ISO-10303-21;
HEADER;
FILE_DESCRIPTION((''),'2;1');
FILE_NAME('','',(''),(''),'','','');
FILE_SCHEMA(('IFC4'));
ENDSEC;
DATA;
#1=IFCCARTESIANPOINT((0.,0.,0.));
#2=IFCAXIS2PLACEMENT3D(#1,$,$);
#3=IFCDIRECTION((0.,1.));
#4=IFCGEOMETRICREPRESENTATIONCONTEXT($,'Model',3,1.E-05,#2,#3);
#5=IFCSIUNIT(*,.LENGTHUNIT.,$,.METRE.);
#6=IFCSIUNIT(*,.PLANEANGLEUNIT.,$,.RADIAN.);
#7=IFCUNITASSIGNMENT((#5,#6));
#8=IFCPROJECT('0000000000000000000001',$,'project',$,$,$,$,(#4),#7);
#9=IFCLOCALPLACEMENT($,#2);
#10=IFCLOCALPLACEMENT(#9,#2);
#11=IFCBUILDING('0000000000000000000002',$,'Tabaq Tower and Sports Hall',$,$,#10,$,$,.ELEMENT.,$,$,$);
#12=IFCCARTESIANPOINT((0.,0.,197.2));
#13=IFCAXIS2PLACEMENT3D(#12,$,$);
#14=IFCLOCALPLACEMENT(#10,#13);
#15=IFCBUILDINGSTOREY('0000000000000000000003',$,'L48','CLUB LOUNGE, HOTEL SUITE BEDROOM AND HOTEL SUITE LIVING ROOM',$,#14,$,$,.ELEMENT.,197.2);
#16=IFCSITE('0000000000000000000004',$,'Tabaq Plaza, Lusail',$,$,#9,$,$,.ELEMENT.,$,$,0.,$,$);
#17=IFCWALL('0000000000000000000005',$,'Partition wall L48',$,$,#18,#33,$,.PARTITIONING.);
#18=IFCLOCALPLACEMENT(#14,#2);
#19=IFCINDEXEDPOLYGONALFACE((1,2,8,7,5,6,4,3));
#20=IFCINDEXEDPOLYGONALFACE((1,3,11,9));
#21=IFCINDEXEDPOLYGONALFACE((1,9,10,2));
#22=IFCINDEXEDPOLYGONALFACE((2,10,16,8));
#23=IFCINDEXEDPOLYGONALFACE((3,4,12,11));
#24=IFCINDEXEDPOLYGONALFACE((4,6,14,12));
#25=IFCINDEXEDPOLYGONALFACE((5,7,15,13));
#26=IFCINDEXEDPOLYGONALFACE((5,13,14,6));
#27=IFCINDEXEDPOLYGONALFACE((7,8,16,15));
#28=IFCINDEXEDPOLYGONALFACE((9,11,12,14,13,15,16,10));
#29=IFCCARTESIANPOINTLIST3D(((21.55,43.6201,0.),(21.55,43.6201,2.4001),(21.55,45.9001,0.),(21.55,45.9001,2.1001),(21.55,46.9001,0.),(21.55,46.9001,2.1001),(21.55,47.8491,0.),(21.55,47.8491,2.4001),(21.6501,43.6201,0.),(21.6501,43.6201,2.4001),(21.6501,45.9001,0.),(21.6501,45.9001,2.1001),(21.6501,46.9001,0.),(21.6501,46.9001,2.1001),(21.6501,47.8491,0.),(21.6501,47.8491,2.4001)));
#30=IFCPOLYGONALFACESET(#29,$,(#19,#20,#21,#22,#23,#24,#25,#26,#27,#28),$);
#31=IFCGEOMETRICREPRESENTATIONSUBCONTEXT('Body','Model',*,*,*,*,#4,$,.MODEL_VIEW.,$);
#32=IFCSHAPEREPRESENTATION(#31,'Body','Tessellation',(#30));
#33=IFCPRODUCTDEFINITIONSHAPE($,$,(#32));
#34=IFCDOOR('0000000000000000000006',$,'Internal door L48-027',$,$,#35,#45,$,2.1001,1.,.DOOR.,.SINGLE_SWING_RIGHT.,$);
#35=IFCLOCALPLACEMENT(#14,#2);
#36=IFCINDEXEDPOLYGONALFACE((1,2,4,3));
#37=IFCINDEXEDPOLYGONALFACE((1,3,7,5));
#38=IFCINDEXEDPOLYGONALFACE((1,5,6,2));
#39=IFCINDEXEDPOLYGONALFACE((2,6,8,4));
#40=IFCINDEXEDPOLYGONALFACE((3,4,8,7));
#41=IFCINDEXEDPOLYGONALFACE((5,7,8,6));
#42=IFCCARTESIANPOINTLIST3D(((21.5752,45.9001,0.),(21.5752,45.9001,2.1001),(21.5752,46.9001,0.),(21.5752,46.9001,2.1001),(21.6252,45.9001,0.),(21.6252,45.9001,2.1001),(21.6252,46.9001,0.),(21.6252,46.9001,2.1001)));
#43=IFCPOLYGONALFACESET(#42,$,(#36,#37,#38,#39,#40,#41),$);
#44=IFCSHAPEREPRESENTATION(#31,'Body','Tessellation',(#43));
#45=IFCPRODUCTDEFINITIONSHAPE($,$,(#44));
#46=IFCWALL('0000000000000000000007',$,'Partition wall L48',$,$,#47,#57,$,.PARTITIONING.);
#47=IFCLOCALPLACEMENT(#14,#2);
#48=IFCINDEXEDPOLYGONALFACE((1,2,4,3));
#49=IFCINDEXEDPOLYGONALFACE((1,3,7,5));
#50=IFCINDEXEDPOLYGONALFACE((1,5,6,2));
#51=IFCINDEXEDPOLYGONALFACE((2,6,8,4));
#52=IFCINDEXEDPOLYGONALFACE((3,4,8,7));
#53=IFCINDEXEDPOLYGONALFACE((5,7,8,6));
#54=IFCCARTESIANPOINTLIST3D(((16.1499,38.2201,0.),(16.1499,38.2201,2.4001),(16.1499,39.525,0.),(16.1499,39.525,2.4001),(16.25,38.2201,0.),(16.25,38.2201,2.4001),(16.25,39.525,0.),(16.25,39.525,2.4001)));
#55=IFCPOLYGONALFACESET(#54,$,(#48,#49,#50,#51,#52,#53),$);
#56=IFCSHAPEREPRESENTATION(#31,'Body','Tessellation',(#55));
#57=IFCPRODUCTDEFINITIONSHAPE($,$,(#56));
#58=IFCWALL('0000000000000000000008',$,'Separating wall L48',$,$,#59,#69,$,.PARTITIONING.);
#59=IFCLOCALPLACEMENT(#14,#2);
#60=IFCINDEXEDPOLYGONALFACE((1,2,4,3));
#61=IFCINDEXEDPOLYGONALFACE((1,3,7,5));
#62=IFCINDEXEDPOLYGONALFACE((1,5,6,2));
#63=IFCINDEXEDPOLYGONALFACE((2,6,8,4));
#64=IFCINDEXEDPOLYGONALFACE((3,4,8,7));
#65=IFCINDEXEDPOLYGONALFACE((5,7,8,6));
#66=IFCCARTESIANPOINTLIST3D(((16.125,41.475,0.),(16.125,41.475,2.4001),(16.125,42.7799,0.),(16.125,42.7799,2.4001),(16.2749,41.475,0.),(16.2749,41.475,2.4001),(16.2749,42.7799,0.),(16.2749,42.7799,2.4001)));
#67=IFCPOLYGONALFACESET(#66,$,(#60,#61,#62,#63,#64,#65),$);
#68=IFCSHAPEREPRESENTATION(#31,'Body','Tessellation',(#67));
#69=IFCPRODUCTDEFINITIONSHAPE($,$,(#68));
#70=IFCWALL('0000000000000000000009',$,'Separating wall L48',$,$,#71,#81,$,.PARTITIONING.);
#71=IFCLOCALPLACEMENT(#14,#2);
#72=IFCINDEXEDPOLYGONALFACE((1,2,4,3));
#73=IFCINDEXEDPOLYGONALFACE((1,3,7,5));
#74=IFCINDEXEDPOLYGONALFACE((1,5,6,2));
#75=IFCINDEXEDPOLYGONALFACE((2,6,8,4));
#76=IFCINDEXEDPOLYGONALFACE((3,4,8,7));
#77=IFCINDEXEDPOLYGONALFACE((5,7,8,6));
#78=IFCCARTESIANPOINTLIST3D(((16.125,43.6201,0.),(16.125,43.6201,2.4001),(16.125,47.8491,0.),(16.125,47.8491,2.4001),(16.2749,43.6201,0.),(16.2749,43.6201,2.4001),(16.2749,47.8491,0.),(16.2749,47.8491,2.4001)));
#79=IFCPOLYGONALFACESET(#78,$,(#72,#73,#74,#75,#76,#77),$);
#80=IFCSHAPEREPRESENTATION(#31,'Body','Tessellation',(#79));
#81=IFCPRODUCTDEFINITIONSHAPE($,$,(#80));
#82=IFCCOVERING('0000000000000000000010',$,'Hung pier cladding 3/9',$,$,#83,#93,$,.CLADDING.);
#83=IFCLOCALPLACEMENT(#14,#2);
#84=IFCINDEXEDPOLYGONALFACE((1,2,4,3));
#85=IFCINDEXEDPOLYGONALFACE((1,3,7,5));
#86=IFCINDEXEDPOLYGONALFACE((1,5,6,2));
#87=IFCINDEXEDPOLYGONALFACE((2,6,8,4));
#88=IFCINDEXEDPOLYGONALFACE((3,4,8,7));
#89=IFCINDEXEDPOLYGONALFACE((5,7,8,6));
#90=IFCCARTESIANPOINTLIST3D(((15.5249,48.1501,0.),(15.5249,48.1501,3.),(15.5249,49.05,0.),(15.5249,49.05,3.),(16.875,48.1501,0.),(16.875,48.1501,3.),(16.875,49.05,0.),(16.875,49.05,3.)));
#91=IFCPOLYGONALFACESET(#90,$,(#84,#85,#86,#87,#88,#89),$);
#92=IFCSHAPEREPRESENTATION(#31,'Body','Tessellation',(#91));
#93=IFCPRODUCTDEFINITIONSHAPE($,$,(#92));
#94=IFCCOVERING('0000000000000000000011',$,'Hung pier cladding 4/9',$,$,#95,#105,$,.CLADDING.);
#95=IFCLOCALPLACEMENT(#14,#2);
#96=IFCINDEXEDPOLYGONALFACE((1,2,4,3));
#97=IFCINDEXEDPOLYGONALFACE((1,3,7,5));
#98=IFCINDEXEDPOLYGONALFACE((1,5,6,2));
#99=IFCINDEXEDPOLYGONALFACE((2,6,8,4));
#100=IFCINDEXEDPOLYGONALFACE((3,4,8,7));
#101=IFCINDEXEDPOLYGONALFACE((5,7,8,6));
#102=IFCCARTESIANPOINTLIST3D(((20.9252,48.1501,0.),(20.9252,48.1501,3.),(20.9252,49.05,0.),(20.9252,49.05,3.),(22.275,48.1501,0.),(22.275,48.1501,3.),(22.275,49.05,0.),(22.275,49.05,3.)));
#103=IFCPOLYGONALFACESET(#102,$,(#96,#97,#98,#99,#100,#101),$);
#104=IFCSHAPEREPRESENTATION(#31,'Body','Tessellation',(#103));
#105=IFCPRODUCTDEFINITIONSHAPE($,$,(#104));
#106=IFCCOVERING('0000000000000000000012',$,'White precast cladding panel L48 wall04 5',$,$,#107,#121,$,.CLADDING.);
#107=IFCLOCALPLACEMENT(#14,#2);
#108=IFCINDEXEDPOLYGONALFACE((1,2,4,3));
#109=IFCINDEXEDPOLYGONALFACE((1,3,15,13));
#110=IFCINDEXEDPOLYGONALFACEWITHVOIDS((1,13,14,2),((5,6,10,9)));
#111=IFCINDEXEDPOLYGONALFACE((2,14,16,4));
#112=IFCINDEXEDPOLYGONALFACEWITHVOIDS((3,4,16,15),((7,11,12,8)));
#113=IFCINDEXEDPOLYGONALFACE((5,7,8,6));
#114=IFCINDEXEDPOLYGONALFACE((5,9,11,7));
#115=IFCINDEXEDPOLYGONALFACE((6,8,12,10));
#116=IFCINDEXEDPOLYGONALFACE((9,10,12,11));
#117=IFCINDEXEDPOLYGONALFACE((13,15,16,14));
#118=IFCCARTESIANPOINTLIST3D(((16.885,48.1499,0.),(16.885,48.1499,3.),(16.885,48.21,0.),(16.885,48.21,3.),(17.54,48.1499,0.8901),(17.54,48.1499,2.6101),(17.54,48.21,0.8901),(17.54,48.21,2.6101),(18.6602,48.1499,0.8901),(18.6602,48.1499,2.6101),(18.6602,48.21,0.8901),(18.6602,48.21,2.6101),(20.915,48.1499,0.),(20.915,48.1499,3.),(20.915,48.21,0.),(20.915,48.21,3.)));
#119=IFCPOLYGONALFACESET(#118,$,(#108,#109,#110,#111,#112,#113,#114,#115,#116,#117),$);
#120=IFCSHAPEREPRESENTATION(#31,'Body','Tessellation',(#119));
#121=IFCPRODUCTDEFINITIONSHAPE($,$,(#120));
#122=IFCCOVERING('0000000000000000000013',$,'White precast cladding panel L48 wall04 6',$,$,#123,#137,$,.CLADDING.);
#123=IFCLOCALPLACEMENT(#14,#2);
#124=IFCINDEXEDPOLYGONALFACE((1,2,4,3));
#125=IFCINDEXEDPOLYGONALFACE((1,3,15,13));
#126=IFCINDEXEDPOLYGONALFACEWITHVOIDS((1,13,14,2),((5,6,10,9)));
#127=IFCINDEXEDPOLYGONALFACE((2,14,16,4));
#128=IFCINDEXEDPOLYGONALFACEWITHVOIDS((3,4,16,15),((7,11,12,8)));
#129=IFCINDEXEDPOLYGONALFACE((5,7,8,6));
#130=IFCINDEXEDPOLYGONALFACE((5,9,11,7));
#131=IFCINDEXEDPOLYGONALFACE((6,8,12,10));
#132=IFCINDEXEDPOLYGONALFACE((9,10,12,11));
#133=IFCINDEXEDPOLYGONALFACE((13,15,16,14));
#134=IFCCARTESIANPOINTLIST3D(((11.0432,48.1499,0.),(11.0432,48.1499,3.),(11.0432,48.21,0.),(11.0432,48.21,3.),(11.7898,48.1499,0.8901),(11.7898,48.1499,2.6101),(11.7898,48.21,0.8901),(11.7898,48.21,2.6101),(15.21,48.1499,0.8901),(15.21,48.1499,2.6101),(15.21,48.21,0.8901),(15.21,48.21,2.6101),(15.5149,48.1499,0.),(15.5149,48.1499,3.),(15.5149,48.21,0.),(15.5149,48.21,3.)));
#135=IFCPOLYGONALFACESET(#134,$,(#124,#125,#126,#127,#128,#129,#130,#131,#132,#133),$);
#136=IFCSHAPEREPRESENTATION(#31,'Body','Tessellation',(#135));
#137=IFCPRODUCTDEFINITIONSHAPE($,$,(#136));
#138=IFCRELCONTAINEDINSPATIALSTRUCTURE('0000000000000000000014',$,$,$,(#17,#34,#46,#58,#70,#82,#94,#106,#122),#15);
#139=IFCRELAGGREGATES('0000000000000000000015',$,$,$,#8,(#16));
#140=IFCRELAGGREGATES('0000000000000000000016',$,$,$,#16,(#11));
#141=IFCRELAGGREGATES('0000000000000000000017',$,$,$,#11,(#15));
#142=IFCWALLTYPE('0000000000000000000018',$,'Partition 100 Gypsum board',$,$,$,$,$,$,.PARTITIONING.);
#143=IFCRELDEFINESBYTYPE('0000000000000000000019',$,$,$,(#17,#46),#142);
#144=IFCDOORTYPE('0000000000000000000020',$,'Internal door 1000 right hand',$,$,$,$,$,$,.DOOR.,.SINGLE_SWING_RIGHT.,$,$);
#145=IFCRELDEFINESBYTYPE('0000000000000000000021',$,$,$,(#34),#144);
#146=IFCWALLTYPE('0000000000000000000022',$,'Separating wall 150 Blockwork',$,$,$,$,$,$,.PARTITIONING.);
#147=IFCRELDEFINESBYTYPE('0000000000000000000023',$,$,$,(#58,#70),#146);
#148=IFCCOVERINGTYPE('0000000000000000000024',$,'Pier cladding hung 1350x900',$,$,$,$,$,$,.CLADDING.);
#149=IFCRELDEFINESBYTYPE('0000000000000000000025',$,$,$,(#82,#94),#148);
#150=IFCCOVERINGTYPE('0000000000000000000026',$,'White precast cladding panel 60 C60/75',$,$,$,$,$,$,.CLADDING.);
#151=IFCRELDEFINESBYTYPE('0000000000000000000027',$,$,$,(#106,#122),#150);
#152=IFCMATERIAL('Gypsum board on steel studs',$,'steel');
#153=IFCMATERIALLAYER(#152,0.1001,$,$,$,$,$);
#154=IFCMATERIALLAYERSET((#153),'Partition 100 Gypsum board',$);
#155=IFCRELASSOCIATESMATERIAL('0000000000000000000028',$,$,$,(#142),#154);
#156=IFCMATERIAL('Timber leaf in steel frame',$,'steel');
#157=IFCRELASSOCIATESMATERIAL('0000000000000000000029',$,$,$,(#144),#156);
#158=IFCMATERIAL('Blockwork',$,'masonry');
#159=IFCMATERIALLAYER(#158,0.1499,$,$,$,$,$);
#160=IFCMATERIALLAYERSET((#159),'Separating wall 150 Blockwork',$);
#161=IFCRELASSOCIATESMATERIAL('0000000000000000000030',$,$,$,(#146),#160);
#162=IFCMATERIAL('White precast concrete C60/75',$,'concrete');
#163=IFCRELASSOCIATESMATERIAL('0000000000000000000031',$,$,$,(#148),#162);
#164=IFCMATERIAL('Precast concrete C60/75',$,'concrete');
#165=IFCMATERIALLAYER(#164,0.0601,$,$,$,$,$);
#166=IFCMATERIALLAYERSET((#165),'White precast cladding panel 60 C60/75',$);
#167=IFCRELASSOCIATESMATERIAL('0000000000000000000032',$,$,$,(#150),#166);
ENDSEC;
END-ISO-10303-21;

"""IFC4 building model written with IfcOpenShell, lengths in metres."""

from ifc_helpers import new_model, si_unit, direction, frame, frame_2d, origin, place, context, subcontext, project, spatial, polyline, rectangle, outline, extrude, material, layer, layer_set, type_object, element, fill, save


model = new_model("IFC4")

# Units and contexts
model_context = context("Model", 3, precision=1e-05, world=origin(), true_north=direction((0.0, 1.0)))
body_context = subcontext(model_context, "Body", "Model", "MODEL_VIEW")
ifc_project = project(units=[si_unit("LENGTHUNIT", "METRE"), si_unit("PLANEANGLEUNIT", "RADIAN")], contexts=[model_context])

# Site, building, storey
site_placement = place(None, origin())
site = spatial("IfcSite", under=ifc_project, at=site_placement, Name="Tabaq Plaza, Lusail", CompositionType="ELEMENT", RefElevation=0.0)
building_placement = place(site_placement, origin())
building = spatial("IfcBuilding", under=site, at=building_placement, Name="Tabaq Tower and Sports Hall", CompositionType="ELEMENT")
storey_placement = place(building_placement, frame((0.0, 0.0, 197.2)))
storey = spatial("IfcBuildingStorey", under=building, at=storey_placement, Name="L48", Description="CLUB LOUNGE, HOTEL SUITE BEDROOM AND HOTEL SUITE LIVING ROOM", CompositionType="ELEMENT", Elevation=197.2)

# Shared definitions
ifc_material_1 = material(Name="Gypsum board on steel studs", Category="steel")
ifc_layer_1 = layer(ifc_material_1, 0.1001)
ifc_layer_set_1 = layer_set([ifc_layer_1], Name="Partition 100 Gypsum board")
wall_type_1 = type_object("IfcWallType", Name="Partition 100 Gypsum board", PredefinedType="PARTITIONING", material=ifc_layer_set_1)

# Wall, opening, door
wall_1_placement = place(storey_placement, frame((21.6001, 43.6201, 0.0), z_axis=(0.0, 0.0, 1.0), x_axis=(0.0, 1.0, 0.0)))
wall_1 = element("IfcWall", 1, at=wall_1_placement, inside=storey, type_object=wall_type_1, Name="Partition wall L48", PredefinedType="PARTITIONING", context=body_context, shape_type="SweptSolid", body=[
    extrude(rectangle(XDim=4.229, YDim=0.1001, at=frame_2d((2.1145, 0.0))), origin(), (0.0, 0.0, 1.0), 2.4001),
])
opening_1_placement = place(wall_1_placement, frame((2.28, 0.0, 0.0)))
opening_1 = element("IfcOpeningElement", 2, at=opening_1_placement, cuts=wall_1, PredefinedType="OPENING", context=body_context, shape_type="SweptSolid", body=[
    extrude(rectangle(XDim=1.0, YDim=2.1001, at=frame_2d((0.5, 1.05))), frame((0.0, 0.05, 0.0), z_axis=(0.0, -1.0, 0.0), x_axis=(1.0, 0.0, 0.0)), (0.0, 0.0, 1.0), 0.1001),
])
ifc_material_2 = material(Name="Timber leaf in steel frame", Category="steel")
door_type_1 = type_object("IfcDoorType", Name="Internal door 1000 right hand", OperationType="SINGLE_SWING_RIGHT", PredefinedType="DOOR", material=ifc_material_2)
door_1_placement = place(opening_1_placement, origin())
door_1 = element("IfcDoor", 3, at=door_1_placement, inside=storey, type_object=door_type_1, Name="Internal door L48-027", OperationType="SINGLE_SWING_RIGHT", OverallHeight=2.1001, OverallWidth=1.0, PredefinedType="DOOR", context=body_context, shape_type="SweptSolid", body=[
    extrude(rectangle(XDim=1.0, YDim=2.1001, at=frame_2d((0.5, 1.05))), frame((0.0, 0.0249, 0.0), z_axis=(0.0, -1.0, 0.0), x_axis=(1.0, 0.0, 0.0)), (0.0, 0.0, 1.0), 0.05),
])
fill(opening_1, door_1)

# Walls
wall_2_placement = place(storey_placement, frame((16.2, 39.5249, 0.0), z_axis=(0.0, 0.0, 1.0), x_axis=(0.0, -1.0, 0.0)))
element("IfcWall", 4, at=wall_2_placement, inside=storey, type_object=wall_type_1, Name="Partition wall L48", PredefinedType="PARTITIONING", context=body_context, shape_type="SweptSolid", body=[
    extrude(rectangle(XDim=1.3049, YDim=0.1001, at=frame_2d((0.6523, 0.0))), origin(), (0.0, 0.0, 1.0), 2.4001),
])
ifc_material_3 = material(Name="Blockwork", Category="masonry")
ifc_layer_2 = layer(ifc_material_3, 0.1499)
ifc_layer_set_2 = layer_set([ifc_layer_2], Name="Separating wall 150 Blockwork")
wall_type_2 = type_object("IfcWallType", Name="Separating wall 150 Blockwork", PredefinedType="PARTITIONING", material=ifc_layer_set_2)
wall_3_placement = place(storey_placement, frame((16.2, 41.4751, 0.0), z_axis=(0.0, 0.0, 1.0), x_axis=(0.0, 1.0, 0.0)))
element("IfcWall", 5, at=wall_3_placement, inside=storey, type_object=wall_type_2, Name="Separating wall L48", PredefinedType="PARTITIONING", context=body_context, shape_type="SweptSolid", body=[
    extrude(rectangle(XDim=1.3049, YDim=0.1499, at=frame_2d((0.6523, 0.0))), origin(), (0.0, 0.0, 1.0), 2.4001),
])
wall_4_placement = place(storey_placement, frame((16.2, 43.6201, 0.0), z_axis=(0.0, 0.0, 1.0), x_axis=(0.0, 1.0, 0.0)))
element("IfcWall", 6, at=wall_4_placement, inside=storey, type_object=wall_type_2, Name="Separating wall L48", PredefinedType="PARTITIONING", context=body_context, shape_type="SweptSolid", body=[
    extrude(rectangle(XDim=4.229, YDim=0.1499, at=frame_2d((2.1145, 0.0))), origin(), (0.0, 0.0, 1.0), 2.4001),
])

# Coverings
ifc_material_4 = material(Name="White precast concrete C60/75", Category="concrete")
covering_type_1 = type_object("IfcCoveringType", Name="Pier cladding hung 1350x900", PredefinedType="CLADDING", material=ifc_material_4)
covering_1_placement = place(storey_placement, frame((16.875, 48.6001, 0.0), z_axis=(0.0, 0.0, 1.0), x_axis=(-1.0, 0.0, 0.0)))
element("IfcCovering", 7, at=covering_1_placement, inside=storey, type_object=covering_type_1, Name="Hung pier cladding 3/9", PredefinedType="CLADDING", context=body_context, shape_type="SweptSolid", body=[
    extrude(rectangle(XDim=1.3501, YDim=0.8999, at=frame_2d((0.675, 0.0))), origin(), (0.0, 0.0, 1.0), 3.0),
])
covering_2_placement = place(storey_placement, frame((22.2749, 48.6001, 0.0), z_axis=(0.0, 0.0, 1.0), x_axis=(-1.0, 0.0, 0.0)))
element("IfcCovering", 8, at=covering_2_placement, inside=storey, type_object=covering_type_1, Name="Hung pier cladding 4/9", PredefinedType="CLADDING", context=body_context, shape_type="SweptSolid", body=[
    extrude(rectangle(XDim=1.3499, YDim=0.8999, at=frame_2d((0.6748, 0.0))), origin(), (0.0, 0.0, 1.0), 3.0),
])
ifc_material_5 = material(Name="Precast concrete C60/75", Category="concrete")
ifc_layer_3 = layer(ifc_material_5, 0.0601)
ifc_layer_set_3 = layer_set([ifc_layer_3], Name="White precast cladding panel 60 C60/75")
covering_type_2 = type_object("IfcCoveringType", Name="White precast cladding panel 60 C60/75", PredefinedType="CLADDING", material=ifc_layer_set_3)
covering_3_placement = place(storey_placement, frame((20.915, 48.1799, 0.0), z_axis=(0.0, 0.0, 1.0), x_axis=(-1.0, 0.0, 0.0)))
element("IfcCovering", 9, at=covering_3_placement, inside=storey, type_object=covering_type_2, Name="White precast cladding panel L48 wall04 5", PredefinedType="CLADDING", context=body_context, shape_type="SweptSolid", body=[
    extrude(outline(polyline([(0.0, 0.0), (4.03, 0.0), (4.03, 3.0), (0.0, 3.0), (0.0, 0.0)]), holes=[polyline([(2.2549, 0.8901), (2.2549, 2.6101), (3.375, 2.6101), (3.375, 0.8901), (2.2549, 0.8901)])]), frame((0.0, 0.03, 0.0), z_axis=(0.0, -1.0, 0.0), x_axis=(1.0, 0.0, 0.0)), (0.0, 0.0, 1.0), 0.0601),
])
covering_4_placement = place(storey_placement, frame((15.5149, 48.1799, 0.0), z_axis=(0.0, 0.0, 1.0), x_axis=(-1.0, 0.0, 0.0)))
element("IfcCovering", 10, at=covering_4_placement, inside=storey, type_object=covering_type_2, Name="White precast cladding panel L48 wall04 6", PredefinedType="CLADDING", context=body_context, shape_type="SweptSolid", body=[
    extrude(outline(polyline([(0.0, 0.0), (4.4717, 0.0), (4.4717, 3.0), (0.0, 3.0), (0.0, 0.0)]), holes=[polyline([(0.3049, 0.8901), (0.3049, 2.6101), (3.7251, 2.6101), (3.7251, 0.8901), (0.3049, 0.8901)])]), frame((0.0, 0.03, 0.0), z_axis=(0.0, -1.0, 0.0), x_axis=(1.0, 0.0, 0.0)), (0.0, 0.0, 1.0), 0.0601),
])

save(model, "model.ifc")
